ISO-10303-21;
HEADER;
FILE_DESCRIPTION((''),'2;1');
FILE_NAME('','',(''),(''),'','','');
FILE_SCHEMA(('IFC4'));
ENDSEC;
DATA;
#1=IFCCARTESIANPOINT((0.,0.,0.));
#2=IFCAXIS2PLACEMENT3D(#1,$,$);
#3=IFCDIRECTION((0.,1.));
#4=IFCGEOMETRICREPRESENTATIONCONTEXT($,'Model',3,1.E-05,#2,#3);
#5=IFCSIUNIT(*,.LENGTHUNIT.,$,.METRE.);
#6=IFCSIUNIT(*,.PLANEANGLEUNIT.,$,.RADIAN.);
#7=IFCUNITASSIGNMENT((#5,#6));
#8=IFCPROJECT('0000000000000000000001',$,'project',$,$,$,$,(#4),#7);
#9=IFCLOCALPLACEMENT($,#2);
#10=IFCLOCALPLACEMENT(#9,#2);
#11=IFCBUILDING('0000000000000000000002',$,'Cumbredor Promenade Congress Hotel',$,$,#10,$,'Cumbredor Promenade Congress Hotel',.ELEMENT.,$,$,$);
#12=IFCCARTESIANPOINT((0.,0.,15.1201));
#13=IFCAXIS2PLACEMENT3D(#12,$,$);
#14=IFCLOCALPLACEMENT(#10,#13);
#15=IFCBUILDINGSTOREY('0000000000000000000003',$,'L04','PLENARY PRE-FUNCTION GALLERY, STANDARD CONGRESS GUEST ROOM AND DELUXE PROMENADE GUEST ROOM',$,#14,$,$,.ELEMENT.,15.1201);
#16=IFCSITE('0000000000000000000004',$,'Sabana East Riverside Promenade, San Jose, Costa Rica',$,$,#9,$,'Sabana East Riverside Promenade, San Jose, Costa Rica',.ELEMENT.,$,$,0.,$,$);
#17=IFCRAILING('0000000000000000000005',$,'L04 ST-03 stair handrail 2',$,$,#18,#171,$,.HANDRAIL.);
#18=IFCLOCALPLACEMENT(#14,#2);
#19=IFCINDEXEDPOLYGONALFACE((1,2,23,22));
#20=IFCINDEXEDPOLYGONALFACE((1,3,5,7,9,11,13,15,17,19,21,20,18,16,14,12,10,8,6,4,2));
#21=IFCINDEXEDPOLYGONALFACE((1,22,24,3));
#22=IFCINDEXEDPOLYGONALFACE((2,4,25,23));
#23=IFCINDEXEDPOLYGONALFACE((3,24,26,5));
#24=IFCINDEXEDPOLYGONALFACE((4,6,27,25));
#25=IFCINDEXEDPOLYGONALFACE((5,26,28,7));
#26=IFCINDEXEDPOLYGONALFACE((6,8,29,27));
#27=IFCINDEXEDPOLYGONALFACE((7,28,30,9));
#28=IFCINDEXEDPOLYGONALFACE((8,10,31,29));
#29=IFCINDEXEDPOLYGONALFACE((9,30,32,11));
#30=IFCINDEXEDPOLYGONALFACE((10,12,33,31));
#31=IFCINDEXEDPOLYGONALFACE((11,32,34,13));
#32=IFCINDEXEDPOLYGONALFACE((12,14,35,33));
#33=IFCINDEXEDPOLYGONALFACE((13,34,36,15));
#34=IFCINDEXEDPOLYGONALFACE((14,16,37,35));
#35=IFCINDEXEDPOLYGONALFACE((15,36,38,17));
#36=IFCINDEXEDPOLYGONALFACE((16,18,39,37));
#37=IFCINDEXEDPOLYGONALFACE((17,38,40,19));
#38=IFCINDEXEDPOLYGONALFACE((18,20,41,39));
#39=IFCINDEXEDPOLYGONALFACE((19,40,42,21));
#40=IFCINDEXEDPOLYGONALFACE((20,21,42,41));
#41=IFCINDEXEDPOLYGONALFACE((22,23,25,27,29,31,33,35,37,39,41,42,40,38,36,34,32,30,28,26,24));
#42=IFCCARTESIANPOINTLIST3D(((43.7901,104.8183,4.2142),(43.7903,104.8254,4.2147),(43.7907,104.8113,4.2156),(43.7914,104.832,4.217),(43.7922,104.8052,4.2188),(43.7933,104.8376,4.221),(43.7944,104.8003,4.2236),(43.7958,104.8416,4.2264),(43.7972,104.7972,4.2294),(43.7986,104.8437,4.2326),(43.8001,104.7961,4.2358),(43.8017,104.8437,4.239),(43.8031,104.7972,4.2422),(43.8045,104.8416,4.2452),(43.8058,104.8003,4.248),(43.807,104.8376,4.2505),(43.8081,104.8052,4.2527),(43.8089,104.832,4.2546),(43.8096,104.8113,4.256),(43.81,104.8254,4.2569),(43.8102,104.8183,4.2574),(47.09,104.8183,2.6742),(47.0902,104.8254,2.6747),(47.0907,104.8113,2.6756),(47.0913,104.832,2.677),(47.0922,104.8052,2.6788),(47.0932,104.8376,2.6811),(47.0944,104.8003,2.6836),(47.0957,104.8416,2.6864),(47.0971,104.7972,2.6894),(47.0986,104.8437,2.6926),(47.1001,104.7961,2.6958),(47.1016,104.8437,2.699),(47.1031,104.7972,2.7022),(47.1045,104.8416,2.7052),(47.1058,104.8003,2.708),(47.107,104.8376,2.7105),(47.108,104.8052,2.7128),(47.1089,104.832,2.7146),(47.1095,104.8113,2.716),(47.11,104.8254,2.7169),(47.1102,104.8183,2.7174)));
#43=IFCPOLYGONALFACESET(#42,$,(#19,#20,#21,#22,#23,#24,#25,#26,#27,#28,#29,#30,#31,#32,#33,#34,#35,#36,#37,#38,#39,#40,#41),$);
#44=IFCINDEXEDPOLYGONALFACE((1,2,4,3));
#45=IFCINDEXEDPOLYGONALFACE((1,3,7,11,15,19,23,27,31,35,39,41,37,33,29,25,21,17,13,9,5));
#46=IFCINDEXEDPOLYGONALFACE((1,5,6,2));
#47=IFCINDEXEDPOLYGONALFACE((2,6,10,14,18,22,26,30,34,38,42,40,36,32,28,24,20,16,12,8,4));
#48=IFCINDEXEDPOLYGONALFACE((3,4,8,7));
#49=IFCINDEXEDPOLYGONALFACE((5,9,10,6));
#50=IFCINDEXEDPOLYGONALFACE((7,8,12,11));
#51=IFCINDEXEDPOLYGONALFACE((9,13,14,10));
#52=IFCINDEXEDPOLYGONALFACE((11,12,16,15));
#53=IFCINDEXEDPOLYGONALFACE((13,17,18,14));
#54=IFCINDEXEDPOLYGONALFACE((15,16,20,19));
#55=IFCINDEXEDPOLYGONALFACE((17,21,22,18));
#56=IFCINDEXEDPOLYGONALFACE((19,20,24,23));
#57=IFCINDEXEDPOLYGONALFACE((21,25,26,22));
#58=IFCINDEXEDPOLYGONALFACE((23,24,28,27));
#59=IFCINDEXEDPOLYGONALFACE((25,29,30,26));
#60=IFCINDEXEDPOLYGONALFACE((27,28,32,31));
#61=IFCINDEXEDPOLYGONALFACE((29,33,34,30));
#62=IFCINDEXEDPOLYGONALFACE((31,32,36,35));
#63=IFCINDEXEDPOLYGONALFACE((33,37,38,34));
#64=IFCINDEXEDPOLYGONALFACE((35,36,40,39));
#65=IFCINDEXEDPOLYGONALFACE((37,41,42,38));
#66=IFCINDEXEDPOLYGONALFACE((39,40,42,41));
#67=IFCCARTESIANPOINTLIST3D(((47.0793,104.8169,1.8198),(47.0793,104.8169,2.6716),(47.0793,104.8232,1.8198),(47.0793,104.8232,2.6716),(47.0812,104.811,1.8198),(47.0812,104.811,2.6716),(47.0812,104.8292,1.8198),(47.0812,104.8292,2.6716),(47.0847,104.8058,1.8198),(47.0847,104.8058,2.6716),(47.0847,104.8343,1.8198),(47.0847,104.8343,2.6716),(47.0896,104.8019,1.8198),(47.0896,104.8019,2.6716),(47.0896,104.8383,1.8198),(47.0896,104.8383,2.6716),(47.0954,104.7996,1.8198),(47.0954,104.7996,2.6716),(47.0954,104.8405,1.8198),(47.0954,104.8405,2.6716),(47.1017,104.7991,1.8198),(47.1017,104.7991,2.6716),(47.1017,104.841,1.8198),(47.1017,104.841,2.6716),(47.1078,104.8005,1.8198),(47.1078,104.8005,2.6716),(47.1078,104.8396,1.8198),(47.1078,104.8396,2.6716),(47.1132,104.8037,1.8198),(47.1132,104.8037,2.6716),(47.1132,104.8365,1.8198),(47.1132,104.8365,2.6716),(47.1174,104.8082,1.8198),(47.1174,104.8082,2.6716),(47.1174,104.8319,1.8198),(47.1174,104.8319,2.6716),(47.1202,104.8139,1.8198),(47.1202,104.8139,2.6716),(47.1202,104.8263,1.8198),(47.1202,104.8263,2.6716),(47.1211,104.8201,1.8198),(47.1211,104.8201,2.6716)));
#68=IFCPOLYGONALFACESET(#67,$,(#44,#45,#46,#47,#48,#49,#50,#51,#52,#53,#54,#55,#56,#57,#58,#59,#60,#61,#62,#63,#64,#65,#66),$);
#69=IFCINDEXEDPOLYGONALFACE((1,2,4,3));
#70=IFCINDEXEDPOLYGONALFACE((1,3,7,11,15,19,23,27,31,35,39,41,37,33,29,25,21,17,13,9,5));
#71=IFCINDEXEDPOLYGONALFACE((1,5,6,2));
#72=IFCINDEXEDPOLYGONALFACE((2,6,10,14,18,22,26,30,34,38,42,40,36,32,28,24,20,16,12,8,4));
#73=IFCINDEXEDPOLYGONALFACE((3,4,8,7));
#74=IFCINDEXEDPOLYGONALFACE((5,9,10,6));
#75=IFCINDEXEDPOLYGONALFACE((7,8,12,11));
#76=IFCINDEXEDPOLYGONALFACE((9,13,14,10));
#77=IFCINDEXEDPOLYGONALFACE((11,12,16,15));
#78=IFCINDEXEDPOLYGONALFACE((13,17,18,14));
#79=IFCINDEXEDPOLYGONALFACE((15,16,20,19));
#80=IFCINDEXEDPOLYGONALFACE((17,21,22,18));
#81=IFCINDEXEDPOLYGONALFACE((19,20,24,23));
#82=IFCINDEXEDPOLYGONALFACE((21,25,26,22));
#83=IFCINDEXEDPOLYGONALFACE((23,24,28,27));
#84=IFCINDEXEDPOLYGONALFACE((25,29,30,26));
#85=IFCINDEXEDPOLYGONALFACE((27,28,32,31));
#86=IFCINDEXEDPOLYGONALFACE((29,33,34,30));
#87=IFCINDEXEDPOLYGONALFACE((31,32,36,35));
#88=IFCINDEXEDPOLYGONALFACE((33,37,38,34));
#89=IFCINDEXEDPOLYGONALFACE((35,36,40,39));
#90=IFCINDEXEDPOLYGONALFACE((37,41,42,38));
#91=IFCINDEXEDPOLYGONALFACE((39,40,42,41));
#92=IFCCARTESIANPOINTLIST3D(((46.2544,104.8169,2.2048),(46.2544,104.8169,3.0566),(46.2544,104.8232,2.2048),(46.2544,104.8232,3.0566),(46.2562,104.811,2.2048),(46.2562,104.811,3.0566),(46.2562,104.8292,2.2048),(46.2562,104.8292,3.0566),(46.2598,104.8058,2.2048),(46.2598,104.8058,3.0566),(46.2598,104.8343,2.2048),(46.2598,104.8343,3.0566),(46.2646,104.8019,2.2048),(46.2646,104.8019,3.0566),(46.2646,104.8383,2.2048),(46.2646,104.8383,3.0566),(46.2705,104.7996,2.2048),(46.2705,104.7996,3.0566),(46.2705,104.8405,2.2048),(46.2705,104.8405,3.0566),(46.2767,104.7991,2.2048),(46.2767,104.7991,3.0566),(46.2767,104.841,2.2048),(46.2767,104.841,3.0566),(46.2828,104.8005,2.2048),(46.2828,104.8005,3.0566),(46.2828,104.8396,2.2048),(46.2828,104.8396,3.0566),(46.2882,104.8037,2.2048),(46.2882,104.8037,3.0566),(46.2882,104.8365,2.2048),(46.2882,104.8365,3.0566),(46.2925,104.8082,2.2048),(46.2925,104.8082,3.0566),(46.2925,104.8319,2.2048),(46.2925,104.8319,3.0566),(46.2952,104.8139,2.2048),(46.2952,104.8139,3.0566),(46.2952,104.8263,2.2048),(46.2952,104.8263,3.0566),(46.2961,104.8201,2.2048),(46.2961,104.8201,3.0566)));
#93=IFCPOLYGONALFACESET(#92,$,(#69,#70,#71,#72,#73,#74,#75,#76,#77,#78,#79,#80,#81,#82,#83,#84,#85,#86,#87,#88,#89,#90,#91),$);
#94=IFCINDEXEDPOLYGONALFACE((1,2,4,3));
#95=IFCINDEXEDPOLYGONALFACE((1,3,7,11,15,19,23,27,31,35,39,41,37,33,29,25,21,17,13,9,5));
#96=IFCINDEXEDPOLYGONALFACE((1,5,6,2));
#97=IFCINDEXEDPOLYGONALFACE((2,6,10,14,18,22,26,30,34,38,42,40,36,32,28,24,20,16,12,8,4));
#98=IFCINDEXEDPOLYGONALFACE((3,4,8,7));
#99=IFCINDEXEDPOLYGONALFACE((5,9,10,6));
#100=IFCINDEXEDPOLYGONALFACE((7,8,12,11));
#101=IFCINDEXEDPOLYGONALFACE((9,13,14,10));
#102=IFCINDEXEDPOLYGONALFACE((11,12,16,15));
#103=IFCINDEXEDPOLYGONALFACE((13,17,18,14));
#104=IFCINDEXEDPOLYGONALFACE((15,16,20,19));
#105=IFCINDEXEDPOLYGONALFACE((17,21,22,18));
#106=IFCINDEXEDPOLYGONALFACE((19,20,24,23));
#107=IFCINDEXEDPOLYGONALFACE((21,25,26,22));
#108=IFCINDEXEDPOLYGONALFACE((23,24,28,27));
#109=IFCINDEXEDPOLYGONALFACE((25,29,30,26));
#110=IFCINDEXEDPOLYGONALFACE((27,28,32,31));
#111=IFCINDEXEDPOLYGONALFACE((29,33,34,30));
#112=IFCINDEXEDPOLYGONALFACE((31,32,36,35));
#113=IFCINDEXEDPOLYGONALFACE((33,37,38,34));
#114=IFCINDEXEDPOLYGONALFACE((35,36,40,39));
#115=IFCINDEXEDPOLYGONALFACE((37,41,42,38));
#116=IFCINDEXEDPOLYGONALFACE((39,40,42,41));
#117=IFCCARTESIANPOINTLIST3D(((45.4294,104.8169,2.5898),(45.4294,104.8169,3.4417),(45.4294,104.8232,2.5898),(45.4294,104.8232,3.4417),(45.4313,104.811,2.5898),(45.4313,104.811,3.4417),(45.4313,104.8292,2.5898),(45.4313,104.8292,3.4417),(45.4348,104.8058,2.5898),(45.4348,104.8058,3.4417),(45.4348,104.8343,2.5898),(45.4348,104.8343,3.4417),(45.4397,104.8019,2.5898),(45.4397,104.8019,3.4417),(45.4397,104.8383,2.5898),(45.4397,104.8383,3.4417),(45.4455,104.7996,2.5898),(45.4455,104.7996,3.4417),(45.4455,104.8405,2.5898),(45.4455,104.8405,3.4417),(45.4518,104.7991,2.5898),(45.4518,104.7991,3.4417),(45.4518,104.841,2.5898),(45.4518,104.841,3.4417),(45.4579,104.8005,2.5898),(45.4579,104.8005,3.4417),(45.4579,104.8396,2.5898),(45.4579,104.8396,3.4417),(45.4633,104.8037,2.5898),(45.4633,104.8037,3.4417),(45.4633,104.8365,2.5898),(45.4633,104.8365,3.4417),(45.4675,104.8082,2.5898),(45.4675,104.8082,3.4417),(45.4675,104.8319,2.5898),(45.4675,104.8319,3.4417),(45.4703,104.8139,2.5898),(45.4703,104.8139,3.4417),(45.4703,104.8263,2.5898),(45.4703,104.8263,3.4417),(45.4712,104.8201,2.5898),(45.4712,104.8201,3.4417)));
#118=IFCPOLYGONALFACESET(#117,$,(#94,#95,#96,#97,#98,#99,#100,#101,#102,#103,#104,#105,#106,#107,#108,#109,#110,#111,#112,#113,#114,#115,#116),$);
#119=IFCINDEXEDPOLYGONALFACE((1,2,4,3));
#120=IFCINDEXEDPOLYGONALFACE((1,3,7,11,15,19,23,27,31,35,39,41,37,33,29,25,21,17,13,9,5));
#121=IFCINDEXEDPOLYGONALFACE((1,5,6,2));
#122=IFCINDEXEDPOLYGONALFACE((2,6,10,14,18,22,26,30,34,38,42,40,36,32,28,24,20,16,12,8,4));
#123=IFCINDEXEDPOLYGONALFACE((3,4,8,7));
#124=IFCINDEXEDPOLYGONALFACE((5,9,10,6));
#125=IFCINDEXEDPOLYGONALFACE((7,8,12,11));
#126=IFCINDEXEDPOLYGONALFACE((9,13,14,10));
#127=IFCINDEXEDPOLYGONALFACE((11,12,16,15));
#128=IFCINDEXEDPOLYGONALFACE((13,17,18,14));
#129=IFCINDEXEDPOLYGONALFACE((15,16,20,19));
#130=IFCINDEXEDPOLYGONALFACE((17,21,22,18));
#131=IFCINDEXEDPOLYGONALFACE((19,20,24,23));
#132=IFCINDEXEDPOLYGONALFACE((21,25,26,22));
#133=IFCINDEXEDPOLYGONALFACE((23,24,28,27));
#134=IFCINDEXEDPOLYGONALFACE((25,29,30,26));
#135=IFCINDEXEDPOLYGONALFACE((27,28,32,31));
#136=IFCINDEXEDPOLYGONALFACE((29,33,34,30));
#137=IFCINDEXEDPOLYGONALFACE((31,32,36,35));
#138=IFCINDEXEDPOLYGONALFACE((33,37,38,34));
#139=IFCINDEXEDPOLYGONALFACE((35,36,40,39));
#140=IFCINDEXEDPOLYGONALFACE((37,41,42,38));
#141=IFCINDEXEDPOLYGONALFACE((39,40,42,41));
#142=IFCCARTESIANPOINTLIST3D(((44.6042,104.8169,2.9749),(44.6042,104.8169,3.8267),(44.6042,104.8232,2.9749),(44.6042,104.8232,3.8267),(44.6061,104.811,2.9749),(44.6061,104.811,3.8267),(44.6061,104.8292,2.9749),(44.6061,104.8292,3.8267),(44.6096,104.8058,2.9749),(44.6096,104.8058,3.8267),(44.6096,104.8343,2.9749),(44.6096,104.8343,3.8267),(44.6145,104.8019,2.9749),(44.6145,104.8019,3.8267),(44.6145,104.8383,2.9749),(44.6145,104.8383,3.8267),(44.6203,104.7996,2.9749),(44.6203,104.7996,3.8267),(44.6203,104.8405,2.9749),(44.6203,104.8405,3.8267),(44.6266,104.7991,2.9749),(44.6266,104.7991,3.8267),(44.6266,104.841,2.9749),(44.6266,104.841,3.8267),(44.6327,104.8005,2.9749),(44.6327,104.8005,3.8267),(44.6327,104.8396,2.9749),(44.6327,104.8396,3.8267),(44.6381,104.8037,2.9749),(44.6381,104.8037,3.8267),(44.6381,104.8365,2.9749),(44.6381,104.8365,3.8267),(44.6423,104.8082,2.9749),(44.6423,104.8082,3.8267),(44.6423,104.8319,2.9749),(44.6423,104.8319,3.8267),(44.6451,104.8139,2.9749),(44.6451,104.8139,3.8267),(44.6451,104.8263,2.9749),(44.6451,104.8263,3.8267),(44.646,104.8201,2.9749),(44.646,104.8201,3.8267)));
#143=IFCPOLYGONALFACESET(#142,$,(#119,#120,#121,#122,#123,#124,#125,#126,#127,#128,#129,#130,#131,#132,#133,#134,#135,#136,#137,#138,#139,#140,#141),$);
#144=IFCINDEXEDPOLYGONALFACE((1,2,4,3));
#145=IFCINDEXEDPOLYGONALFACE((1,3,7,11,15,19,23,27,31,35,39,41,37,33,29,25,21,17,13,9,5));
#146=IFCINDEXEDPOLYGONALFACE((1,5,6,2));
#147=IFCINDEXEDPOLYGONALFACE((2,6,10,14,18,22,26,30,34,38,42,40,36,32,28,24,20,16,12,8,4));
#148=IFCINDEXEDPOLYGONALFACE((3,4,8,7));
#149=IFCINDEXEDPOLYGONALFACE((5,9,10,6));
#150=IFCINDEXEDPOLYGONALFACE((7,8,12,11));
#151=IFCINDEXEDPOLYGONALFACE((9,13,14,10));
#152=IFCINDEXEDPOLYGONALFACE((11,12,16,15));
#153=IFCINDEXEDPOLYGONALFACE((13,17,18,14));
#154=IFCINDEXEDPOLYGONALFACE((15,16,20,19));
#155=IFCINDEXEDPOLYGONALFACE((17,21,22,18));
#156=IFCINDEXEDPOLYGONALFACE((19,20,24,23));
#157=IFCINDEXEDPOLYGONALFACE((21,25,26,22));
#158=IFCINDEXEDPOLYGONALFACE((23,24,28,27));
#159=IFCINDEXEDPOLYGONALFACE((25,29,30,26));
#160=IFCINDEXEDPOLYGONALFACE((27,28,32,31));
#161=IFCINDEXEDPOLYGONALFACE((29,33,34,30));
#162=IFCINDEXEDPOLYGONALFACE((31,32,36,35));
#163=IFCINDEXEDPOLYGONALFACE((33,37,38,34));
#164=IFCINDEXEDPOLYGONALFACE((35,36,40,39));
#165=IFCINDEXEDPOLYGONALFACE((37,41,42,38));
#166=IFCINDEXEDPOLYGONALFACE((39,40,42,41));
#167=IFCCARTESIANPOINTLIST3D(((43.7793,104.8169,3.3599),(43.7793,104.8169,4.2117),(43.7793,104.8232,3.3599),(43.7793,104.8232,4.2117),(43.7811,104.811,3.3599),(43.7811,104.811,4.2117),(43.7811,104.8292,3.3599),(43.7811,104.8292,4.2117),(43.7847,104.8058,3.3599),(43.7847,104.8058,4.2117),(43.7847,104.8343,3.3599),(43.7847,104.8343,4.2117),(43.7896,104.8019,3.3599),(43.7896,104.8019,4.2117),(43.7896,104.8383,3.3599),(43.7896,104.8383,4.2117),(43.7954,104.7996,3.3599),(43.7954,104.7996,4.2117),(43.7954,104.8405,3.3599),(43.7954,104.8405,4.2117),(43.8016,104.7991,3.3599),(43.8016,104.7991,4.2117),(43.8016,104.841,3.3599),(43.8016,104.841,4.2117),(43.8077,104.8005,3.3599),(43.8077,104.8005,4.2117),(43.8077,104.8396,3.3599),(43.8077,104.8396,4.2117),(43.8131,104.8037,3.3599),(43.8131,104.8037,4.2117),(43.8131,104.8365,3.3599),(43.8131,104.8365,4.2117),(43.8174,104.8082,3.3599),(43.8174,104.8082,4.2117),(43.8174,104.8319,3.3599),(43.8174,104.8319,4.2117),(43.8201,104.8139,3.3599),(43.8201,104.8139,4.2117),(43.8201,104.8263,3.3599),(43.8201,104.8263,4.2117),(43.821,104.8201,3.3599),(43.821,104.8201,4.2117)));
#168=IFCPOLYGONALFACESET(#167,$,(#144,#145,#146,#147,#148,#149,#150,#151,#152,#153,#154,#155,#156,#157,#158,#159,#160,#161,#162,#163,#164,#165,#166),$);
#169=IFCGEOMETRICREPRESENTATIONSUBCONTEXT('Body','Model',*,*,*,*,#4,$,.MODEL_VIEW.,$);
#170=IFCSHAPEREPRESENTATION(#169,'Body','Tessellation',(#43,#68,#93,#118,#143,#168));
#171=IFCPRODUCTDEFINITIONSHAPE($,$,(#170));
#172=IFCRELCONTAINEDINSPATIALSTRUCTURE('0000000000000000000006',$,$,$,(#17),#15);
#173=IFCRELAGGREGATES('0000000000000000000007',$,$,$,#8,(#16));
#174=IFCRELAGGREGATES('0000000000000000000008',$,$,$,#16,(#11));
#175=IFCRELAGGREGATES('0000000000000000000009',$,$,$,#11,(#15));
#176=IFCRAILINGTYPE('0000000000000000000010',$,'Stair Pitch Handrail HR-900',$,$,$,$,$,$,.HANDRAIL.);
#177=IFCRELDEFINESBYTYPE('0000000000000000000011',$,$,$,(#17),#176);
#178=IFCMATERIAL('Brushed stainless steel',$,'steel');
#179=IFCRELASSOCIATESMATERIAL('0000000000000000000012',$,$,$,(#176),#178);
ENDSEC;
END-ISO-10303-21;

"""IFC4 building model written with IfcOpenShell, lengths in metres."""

from ifc_helpers import new_model, si_unit, direction, frame, origin, origin_2d, place, context, subcontext, project, spatial, circle, extrude, material, type_object, element, save


model = new_model("IFC4")

# Units and contexts
model_context = context("Model", 3, precision=1e-05, world=origin(), true_north=direction((0.0, 1.0)))
body_context = subcontext(model_context, "Body", "Model", "MODEL_VIEW")
ifc_project = project(units=[si_unit("LENGTHUNIT", "METRE"), si_unit("PLANEANGLEUNIT", "RADIAN")], contexts=[model_context])

# Site, building, storey
site_placement = place(None, origin())
site = spatial("IfcSite", under=ifc_project, at=site_placement, Name="Sabana East Riverside Promenade, San Jose, Costa Rica", LongName="Sabana East Riverside Promenade, San Jose, Costa Rica", CompositionType="ELEMENT", RefElevation=0.0)
building_placement = place(site_placement, origin())
building = spatial("IfcBuilding", under=site, at=building_placement, Name="Cumbredor Promenade Congress Hotel", LongName="Cumbredor Promenade Congress Hotel", CompositionType="ELEMENT")
storey_placement = place(building_placement, frame((0.0, 0.0, 15.1201)))
storey = spatial("IfcBuildingStorey", under=building, at=storey_placement, Name="L04", Description="PLENARY PRE-FUNCTION GALLERY, STANDARD CONGRESS GUEST ROOM AND DELUXE PROMENADE GUEST ROOM", CompositionType="ELEMENT", Elevation=15.1201)

# Railing
ifc_material_1 = material(Name="Brushed stainless steel", Category="steel")
railing_type_1 = type_object("IfcRailingType", Name="Stair Pitch Handrail HR-900", PredefinedType="HANDRAIL", material=ifc_material_1)
railing_1_placement = place(storey_placement, frame((47.1001, 104.8201, 1.8198)))
element("IfcRailing", 1, at=railing_1_placement, inside=storey, type_object=railing_type_1, Name="L04 ST-03 stair handrail 2", PredefinedType="HANDRAIL", context=body_context, shape_type="SweptSolid", body=[
    extrude(circle(Radius=0.0239, at=origin_2d()), frame((0.0, 0.0, 0.876), z_axis=(-0.906181, 0.0, 0.422889), x_axis=(0.0, -1.0, 0.0)), (0.0, 0.0, 1.0), 3.6416),
    extrude(circle(Radius=0.021, at=origin_2d()), origin(), (0.0, 0.0, 1.0), 0.8518),
    extrude(circle(Radius=0.021, at=origin_2d()), frame((-0.825, 0.0, 0.385)), (0.0, 0.0, 1.0), 0.8518),
    extrude(circle(Radius=0.021, at=origin_2d()), frame((-1.6499, 0.0, 0.77)), (0.0, 0.0, 1.0), 0.8518),
    extrude(circle(Radius=0.021, at=origin_2d()), frame((-2.4751, 0.0, 1.155)), (0.0, 0.0, 1.0), 0.8518),
    extrude(circle(Radius=0.021, at=origin_2d()), frame((-3.3, 0.0, 1.54)), (0.0, 0.0, 1.0), 0.8518),
])

save(model, "model.ifc")
